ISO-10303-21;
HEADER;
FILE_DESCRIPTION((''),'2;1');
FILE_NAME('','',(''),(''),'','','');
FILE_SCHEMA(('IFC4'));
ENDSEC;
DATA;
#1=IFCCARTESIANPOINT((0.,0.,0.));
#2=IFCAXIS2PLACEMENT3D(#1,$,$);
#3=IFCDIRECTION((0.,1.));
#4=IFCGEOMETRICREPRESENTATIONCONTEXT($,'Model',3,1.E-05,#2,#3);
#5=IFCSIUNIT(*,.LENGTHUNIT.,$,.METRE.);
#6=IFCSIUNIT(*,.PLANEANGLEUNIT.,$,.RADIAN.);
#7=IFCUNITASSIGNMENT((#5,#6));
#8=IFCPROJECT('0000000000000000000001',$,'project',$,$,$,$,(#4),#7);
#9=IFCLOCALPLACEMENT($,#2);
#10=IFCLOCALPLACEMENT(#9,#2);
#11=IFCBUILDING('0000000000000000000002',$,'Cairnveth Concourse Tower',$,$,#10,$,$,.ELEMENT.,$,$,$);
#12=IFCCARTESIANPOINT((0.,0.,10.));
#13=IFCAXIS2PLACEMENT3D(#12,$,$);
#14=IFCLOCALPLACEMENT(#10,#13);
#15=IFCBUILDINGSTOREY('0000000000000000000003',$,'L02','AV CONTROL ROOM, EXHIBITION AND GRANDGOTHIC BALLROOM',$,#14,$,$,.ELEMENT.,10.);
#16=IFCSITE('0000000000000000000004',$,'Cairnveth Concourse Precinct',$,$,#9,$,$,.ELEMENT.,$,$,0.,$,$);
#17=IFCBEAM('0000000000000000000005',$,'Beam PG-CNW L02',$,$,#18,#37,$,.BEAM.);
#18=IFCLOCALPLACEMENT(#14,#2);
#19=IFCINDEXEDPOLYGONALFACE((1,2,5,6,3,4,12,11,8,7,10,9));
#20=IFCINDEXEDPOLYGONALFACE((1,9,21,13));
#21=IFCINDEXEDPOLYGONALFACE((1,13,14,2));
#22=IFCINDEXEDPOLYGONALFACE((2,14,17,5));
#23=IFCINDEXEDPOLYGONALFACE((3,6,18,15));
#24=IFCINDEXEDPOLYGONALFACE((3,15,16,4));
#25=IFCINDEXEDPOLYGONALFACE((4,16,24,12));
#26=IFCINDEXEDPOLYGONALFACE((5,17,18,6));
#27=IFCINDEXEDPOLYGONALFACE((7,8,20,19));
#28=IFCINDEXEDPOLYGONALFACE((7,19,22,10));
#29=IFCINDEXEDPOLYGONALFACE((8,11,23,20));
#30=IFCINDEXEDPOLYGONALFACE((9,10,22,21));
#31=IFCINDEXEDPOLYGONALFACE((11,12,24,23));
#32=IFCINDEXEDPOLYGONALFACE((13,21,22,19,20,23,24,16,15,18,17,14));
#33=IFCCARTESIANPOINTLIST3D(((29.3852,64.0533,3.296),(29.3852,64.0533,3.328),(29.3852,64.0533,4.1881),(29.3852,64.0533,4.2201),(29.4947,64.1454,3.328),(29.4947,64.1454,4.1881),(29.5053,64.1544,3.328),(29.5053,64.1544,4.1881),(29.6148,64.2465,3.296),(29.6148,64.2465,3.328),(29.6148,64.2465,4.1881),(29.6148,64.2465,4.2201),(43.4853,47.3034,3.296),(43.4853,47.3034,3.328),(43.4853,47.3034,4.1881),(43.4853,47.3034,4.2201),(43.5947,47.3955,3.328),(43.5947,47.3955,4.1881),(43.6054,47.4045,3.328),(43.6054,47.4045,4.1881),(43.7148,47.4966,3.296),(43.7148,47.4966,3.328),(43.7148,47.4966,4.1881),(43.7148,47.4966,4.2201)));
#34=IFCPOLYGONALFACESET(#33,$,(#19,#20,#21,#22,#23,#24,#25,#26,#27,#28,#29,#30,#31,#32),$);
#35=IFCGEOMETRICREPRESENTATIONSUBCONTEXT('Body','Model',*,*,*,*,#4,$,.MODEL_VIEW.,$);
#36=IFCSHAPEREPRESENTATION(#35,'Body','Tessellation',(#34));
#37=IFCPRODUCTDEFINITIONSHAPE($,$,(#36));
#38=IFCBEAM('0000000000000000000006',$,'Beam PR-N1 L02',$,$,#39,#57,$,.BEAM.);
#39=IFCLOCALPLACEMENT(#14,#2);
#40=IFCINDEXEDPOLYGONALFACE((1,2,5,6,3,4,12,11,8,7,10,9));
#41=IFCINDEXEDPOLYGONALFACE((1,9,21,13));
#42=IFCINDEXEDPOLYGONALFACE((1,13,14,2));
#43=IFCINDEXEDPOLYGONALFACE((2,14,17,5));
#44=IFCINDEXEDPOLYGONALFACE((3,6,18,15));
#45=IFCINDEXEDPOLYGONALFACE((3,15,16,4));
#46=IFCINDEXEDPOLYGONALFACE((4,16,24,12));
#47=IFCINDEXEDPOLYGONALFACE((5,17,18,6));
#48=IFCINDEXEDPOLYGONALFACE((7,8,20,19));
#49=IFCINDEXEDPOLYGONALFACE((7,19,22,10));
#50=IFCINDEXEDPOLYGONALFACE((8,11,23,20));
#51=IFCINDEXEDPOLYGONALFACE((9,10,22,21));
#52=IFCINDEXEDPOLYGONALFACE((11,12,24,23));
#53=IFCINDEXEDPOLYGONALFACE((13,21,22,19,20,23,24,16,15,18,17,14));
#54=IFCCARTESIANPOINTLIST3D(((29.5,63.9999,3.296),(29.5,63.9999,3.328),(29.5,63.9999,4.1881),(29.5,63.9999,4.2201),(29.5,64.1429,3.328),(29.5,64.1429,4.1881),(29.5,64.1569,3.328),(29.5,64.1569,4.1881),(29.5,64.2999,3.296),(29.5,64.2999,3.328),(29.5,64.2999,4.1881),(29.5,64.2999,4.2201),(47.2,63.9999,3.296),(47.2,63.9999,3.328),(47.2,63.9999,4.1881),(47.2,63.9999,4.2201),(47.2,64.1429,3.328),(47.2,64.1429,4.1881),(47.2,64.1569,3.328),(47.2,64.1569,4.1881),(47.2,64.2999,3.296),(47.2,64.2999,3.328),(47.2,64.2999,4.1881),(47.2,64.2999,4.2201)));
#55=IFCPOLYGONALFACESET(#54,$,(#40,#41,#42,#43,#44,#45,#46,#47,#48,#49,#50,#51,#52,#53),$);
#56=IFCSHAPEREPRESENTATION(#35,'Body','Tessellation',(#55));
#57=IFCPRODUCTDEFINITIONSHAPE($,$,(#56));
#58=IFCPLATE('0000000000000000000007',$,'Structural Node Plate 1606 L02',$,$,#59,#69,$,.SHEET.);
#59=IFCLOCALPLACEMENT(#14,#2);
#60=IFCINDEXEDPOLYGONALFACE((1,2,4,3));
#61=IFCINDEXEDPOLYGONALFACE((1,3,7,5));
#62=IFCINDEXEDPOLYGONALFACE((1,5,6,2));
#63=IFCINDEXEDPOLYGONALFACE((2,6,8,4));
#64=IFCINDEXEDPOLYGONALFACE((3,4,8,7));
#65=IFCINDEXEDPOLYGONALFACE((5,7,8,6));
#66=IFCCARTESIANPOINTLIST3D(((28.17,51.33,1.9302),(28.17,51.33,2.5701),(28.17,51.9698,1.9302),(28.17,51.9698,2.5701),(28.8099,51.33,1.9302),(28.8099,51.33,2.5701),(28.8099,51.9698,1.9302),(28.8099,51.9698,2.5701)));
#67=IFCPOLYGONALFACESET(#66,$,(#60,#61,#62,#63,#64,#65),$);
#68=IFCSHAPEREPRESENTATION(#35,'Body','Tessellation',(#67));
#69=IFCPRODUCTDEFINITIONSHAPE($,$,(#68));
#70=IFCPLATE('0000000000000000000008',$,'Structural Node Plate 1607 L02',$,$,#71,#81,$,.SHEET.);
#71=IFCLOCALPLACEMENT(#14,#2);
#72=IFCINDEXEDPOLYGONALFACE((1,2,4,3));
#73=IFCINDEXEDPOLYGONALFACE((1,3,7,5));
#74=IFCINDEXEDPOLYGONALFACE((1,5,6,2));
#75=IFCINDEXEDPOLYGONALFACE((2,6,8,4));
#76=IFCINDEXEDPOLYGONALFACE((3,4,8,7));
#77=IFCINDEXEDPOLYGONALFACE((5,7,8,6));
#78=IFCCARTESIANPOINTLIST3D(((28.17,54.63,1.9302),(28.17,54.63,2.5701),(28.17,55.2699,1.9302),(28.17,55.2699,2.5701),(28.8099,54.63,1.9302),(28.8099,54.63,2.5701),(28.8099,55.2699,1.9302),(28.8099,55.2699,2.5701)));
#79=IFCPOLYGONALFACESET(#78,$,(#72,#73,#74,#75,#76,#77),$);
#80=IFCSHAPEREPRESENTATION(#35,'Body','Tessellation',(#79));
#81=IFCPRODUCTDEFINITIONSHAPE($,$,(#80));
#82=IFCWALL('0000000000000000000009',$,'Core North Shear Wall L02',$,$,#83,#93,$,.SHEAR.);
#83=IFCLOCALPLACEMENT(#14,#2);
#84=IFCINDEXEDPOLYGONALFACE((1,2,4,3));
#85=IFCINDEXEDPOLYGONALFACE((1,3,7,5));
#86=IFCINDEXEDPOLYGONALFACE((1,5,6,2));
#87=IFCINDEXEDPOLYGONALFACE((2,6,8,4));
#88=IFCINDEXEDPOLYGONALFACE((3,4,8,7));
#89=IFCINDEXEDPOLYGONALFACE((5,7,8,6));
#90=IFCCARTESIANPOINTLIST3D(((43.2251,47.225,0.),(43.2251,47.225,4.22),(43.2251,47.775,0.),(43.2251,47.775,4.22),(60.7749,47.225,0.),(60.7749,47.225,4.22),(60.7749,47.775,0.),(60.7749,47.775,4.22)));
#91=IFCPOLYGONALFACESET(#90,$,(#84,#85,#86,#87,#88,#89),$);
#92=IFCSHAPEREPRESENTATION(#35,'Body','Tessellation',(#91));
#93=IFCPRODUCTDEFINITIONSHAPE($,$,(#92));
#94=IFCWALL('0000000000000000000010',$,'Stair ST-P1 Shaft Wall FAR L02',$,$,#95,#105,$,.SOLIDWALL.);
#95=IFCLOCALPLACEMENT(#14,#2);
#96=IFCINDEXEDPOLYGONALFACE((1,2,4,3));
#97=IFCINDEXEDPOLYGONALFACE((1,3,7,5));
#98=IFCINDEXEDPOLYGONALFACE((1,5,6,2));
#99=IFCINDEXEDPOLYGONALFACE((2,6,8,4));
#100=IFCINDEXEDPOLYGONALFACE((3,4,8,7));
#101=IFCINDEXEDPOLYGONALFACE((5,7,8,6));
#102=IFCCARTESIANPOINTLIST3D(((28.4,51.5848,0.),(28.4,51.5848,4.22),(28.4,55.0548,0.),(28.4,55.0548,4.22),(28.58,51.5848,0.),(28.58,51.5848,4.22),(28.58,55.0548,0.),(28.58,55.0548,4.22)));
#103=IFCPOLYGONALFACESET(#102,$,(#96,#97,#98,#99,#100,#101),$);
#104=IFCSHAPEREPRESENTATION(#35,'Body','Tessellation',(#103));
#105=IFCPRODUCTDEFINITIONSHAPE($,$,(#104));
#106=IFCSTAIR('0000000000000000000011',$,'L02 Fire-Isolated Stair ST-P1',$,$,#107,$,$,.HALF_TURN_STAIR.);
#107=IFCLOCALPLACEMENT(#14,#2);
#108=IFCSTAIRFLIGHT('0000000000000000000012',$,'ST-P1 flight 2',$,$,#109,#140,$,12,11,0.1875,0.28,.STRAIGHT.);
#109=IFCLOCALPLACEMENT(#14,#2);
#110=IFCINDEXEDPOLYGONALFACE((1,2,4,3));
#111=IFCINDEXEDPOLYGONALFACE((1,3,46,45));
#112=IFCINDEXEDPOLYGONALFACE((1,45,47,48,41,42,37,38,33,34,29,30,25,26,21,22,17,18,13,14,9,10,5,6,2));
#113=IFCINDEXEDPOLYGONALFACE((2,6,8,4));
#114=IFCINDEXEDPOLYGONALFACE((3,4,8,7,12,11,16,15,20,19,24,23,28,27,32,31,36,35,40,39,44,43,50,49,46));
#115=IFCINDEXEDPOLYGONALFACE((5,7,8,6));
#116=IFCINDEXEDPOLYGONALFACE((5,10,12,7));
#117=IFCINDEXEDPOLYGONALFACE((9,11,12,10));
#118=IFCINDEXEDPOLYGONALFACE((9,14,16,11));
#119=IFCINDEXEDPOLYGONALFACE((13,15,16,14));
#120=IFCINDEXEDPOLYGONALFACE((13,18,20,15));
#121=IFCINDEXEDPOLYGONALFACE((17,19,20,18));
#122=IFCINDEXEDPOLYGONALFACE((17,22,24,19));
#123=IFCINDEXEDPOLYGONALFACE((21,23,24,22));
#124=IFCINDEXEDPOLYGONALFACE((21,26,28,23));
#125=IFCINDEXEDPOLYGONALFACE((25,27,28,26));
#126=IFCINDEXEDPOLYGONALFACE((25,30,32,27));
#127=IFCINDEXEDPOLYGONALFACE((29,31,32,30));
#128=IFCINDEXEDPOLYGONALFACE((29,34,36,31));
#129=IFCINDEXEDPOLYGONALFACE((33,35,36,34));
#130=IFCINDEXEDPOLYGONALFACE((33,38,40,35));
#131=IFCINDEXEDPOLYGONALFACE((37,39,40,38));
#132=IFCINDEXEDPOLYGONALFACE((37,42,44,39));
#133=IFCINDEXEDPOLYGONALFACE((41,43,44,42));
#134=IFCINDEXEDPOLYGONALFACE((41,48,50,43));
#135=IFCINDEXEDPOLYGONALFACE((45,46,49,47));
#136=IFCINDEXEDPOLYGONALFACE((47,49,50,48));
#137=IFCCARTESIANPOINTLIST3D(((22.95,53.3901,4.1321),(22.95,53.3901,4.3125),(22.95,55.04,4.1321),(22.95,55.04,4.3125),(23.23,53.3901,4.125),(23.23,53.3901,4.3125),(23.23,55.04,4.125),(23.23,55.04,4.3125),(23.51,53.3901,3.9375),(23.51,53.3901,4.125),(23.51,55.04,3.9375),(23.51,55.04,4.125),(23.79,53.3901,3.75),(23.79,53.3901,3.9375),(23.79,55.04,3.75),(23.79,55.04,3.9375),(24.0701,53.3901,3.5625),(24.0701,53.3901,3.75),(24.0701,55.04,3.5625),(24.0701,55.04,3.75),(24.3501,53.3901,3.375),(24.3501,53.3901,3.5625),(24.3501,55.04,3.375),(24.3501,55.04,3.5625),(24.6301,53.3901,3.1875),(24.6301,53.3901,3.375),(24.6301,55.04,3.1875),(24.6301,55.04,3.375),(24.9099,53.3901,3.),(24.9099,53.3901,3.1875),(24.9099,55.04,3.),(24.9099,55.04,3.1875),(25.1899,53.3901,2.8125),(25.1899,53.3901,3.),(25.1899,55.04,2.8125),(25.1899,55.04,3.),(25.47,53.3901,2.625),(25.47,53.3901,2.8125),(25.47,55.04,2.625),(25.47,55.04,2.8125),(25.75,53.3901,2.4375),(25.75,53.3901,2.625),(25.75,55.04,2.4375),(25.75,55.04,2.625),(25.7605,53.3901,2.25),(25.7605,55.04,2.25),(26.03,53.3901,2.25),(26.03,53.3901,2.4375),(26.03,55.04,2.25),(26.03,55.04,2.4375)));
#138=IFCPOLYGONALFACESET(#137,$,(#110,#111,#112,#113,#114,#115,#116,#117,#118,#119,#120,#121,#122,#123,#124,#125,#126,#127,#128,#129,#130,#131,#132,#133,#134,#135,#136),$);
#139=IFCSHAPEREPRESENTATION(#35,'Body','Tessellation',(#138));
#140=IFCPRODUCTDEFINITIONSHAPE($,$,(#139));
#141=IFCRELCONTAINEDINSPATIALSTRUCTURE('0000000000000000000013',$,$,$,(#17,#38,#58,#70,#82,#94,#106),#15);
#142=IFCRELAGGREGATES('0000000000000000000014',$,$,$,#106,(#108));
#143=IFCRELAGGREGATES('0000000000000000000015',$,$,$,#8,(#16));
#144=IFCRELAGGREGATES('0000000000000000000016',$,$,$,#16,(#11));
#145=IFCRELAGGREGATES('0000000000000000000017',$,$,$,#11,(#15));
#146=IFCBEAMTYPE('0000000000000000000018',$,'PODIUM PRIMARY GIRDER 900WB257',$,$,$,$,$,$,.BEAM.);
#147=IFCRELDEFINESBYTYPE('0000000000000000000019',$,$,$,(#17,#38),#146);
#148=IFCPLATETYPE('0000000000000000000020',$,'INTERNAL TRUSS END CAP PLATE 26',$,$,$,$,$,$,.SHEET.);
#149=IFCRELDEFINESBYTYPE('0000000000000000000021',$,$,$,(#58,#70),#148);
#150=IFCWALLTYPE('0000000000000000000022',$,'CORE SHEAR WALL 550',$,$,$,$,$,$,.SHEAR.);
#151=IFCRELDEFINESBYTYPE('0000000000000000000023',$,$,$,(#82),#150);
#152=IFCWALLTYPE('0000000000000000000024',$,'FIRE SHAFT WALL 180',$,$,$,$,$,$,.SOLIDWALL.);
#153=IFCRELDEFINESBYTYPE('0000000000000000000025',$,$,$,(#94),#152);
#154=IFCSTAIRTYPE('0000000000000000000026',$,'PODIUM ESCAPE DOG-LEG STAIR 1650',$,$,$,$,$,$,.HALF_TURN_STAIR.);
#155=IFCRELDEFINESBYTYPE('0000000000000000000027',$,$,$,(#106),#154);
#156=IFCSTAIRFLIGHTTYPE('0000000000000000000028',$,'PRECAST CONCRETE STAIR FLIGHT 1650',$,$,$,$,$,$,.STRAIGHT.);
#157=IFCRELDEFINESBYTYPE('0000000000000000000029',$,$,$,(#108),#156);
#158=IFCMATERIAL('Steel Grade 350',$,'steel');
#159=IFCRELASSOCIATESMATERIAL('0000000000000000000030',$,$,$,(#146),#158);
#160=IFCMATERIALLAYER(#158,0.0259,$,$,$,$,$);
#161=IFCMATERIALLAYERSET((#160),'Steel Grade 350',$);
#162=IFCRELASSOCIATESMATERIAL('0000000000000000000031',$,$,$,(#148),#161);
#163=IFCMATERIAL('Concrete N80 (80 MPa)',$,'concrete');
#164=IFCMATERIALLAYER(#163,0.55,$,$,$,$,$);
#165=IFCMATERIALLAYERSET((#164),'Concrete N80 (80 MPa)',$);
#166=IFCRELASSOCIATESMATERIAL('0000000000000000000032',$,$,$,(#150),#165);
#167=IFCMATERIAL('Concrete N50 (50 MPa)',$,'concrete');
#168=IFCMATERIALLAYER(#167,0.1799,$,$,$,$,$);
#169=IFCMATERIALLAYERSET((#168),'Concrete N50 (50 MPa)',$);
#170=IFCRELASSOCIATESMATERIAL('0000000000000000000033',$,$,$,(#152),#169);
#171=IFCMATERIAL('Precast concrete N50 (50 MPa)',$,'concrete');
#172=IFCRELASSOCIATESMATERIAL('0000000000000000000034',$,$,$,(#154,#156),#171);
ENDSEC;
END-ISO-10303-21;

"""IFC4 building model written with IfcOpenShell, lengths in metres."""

from ifc_helpers import new_model, si_unit, direction, frame, frame_2d, origin, origin_2d, place, context, subcontext, project, spatial, polyline, rectangle, i_section, outline, extrude, material, layer, layer_set, material_profile, profile_set, type_object, element, aggregate, save


model = new_model("IFC4")

# Units and contexts
model_context = context("Model", 3, precision=1e-05, world=origin(), true_north=direction((0.0, 1.0)))
body_context = subcontext(model_context, "Body", "Model", "MODEL_VIEW")
ifc_project = project(units=[si_unit("LENGTHUNIT", "METRE"), si_unit("PLANEANGLEUNIT", "RADIAN")], contexts=[model_context])

# Site, building, storey
site_placement = place(None, origin())
site = spatial("IfcSite", under=ifc_project, at=site_placement, Name="Cairnveth Concourse Precinct", CompositionType="ELEMENT", RefElevation=0.0)
building_placement = place(site_placement, origin())
building = spatial("IfcBuilding", under=site, at=building_placement, Name="Cairnveth Concourse Tower", CompositionType="ELEMENT")
storey_placement = place(building_placement, frame((0.0, 0.0, 10.0)))
storey = spatial("IfcBuildingStorey", under=building, at=storey_placement, Name="L02", Description="AV CONTROL ROOM, EXHIBITION AND GRANDGOTHIC BALLROOM", CompositionType="ELEMENT", Elevation=10.0)

# Shared definitions
ifc_material_1 = material(Name="Concrete N80 (80 MPa)", Category="concrete")

# Beams
ifc_material_2 = material(Name="Steel Grade 350", Category="steel")
ifc_material_profile_1 = material_profile(ifc_material_2, i_section(OverallWidth=0.3, OverallDepth=0.9241, WebThickness=0.0139, FlangeThickness=0.032, at=origin_2d()), Name="900WB257")
ifc_profile_set_1 = profile_set([ifc_material_profile_1], Name="Steel Grade 350")
beam_type_1 = type_object("IfcBeamType", Name="PODIUM PRIMARY GIRDER 900WB257", PredefinedType="BEAM", material=ifc_profile_set_1)
beam_1_placement = place(storey_placement, frame((29.5, 64.1499, 3.7581), z_axis=(0.643998, -0.765027, 0.0), x_axis=(0.765027, 0.643998, 0.0)))
element("IfcBeam", 1, at=beam_1_placement, inside=storey, type_object=beam_type_1, Name="Beam PG-CNW L02", PredefinedType="BEAM", context=body_context, shape_type="SweptSolid", body=[
    extrude(i_section(OverallWidth=0.3, OverallDepth=0.9241, WebThickness=0.0139, FlangeThickness=0.032, at=origin_2d()), origin(), (0.0, 0.0, 1.0), 21.8945),
])
beam_2_placement = place(storey_placement, frame((29.5, 64.1499, 3.7581), z_axis=(1.0, 0.0, 0.0), x_axis=(0.0, 1.0, 0.0)))
element("IfcBeam", 2, at=beam_2_placement, inside=storey, type_object=beam_type_1, Name="Beam PR-N1 L02", PredefinedType="BEAM", context=body_context, shape_type="SweptSolid", body=[
    extrude(i_section(OverallWidth=0.3, OverallDepth=0.9241, WebThickness=0.0139, FlangeThickness=0.032, at=origin_2d()), origin(), (0.0, 0.0, 1.0), 17.7),
])

# Plates
ifc_layer_1 = layer(ifc_material_2, 0.0259)
ifc_layer_set_1 = layer_set([ifc_layer_1], Name="Steel Grade 350")
plate_type = type_object("IfcPlateType", Name="INTERNAL TRUSS END CAP PLATE 26", PredefinedType="SHEET", material=ifc_layer_set_1)
for number, where, z_axis, x_axis, name in (
    (3, (28.49, 51.6499, 1.9302), (0.0, 0.0, 1.0), (1.0, 0.0, 0.0), "Structural Node Plate 1606 L02"),
    (4, (28.49, 54.95, 1.9302), (0.0, 0.0, 1.0), (1.0, 0.0, 0.0), "Structural Node Plate 1607 L02"),
):
    element("IfcPlate", number, at=place(storey_placement, frame(where, z_axis=z_axis, x_axis=x_axis)), inside=storey, type_object=plate_type, Name=name, PredefinedType="SHEET", context=body_context, shape_type="SweptSolid", body=[
        extrude(rectangle(XDim=0.6399, YDim=0.6399, at=origin_2d()), origin(), (0.0, 0.0, 1.0), 0.6399),
    ])

# Walls
ifc_layer_2 = layer(ifc_material_1, 0.55)
ifc_layer_set_2 = layer_set([ifc_layer_2], Name="Concrete N80 (80 MPa)")
wall_type_1 = type_object("IfcWallType", Name="CORE SHEAR WALL 550", PredefinedType="SHEAR", material=ifc_layer_set_2)
wall_1_placement = place(storey_placement, frame((43.2251, 47.5, 0.0), z_axis=(0.0, 0.0, 1.0), x_axis=(1.0, 0.0, 0.0)))
element("IfcWall", 5, at=wall_1_placement, inside=storey, type_object=wall_type_1, Name="Core North Shear Wall L02", PredefinedType="SHEAR", context=body_context, shape_type="SweptSolid", body=[
    extrude(rectangle(XDim=17.5498, YDim=0.55, at=frame_2d((8.7749, 0.0))), origin(), (0.0, 0.0, 1.0), 4.22),
])
ifc_material_3 = material(Name="Concrete N50 (50 MPa)", Category="concrete")
ifc_layer_3 = layer(ifc_material_3, 0.1799)
ifc_layer_set_3 = layer_set([ifc_layer_3], Name="Concrete N50 (50 MPa)")
wall_type_2 = type_object("IfcWallType", Name="FIRE SHAFT WALL 180", PredefinedType="SOLIDWALL", material=ifc_layer_set_3)
wall_2_placement = place(storey_placement, frame((28.49, 51.585, 0.0), z_axis=(0.0, 0.0, 1.0), x_axis=(0.0, 1.0, 0.0)))
element("IfcWall", 6, at=wall_2_placement, inside=storey, type_object=wall_type_2, Name="Stair ST-P1 Shaft Wall FAR L02", PredefinedType="SOLIDWALL", context=body_context, shape_type="SweptSolid", body=[
    extrude(rectangle(XDim=3.47, YDim=0.1799, at=frame_2d((1.7349, 0.0))), origin(), (0.0, 0.0, 1.0), 4.22),
])

# Stair, stair flight
ifc_material_4 = material(Name="Precast concrete N50 (50 MPa)", Category="concrete")
stair_type = type_object("IfcStairType", Name="PODIUM ESCAPE DOG-LEG STAIR 1650", PredefinedType="HALF_TURN_STAIR", material=ifc_material_4)
stair_placement = place(storey_placement, origin())
stair = element("IfcStair", 7, at=stair_placement, inside=storey, type_object=stair_type, Name="L02 Fire-Isolated Stair ST-P1", PredefinedType="HALF_TURN_STAIR")
stair_flight_type = type_object("IfcStairFlightType", Name="PRECAST CONCRETE STAIR FLIGHT 1650", PredefinedType="STRAIGHT", material=ifc_material_4)
stair_flight_placement = place(storey_placement, frame((26.03, 54.2151, 2.25), z_axis=(0.0, 0.0, 1.0), x_axis=(-1.0, 0.0, 0.0)))
stair_flight = element("IfcStairFlight", 8, at=stair_flight_placement, type_object=stair_flight_type, Name="ST-P1 flight 2", NumberOfRisers=12, NumberOfTreads=11, PredefinedType="STRAIGHT", RiserHeight=0.1875, TreadLength=0.28, context=body_context, shape_type="SweptSolid", body=[
    extrude(outline(polyline([(0.0, 0.0), (0.0, 0.1875), (0.28, 0.1875), (0.28, 0.375), (0.5601, 0.375), (0.5601, 0.5625), (0.8401, 0.5625), (0.8401, 0.75), (1.1201, 0.75), (1.1201, 0.9375), (1.3999, 0.9375), (1.3999, 1.125), (1.6799, 1.125), (1.6799, 1.3125), (1.96, 1.3125), (1.96, 1.5), (2.24, 1.5), (2.24, 1.6875), (2.52, 1.6875), (2.52, 1.875), (2.8, 1.875), (2.8, 2.0625), (3.0801, 2.0625), (3.0801, 2.25), (3.0801, 1.8821), (0.2695, 0.0), (0.0, 0.0)])), frame((0.0, 0.825, 0.0), z_axis=(0.0, -1.0, 0.0), x_axis=(1.0, 0.0, 0.0)), (0.0, 0.0, 1.0), 1.6499),
])
aggregate(stair, [stair_flight])

save(model, "model.ifc")
